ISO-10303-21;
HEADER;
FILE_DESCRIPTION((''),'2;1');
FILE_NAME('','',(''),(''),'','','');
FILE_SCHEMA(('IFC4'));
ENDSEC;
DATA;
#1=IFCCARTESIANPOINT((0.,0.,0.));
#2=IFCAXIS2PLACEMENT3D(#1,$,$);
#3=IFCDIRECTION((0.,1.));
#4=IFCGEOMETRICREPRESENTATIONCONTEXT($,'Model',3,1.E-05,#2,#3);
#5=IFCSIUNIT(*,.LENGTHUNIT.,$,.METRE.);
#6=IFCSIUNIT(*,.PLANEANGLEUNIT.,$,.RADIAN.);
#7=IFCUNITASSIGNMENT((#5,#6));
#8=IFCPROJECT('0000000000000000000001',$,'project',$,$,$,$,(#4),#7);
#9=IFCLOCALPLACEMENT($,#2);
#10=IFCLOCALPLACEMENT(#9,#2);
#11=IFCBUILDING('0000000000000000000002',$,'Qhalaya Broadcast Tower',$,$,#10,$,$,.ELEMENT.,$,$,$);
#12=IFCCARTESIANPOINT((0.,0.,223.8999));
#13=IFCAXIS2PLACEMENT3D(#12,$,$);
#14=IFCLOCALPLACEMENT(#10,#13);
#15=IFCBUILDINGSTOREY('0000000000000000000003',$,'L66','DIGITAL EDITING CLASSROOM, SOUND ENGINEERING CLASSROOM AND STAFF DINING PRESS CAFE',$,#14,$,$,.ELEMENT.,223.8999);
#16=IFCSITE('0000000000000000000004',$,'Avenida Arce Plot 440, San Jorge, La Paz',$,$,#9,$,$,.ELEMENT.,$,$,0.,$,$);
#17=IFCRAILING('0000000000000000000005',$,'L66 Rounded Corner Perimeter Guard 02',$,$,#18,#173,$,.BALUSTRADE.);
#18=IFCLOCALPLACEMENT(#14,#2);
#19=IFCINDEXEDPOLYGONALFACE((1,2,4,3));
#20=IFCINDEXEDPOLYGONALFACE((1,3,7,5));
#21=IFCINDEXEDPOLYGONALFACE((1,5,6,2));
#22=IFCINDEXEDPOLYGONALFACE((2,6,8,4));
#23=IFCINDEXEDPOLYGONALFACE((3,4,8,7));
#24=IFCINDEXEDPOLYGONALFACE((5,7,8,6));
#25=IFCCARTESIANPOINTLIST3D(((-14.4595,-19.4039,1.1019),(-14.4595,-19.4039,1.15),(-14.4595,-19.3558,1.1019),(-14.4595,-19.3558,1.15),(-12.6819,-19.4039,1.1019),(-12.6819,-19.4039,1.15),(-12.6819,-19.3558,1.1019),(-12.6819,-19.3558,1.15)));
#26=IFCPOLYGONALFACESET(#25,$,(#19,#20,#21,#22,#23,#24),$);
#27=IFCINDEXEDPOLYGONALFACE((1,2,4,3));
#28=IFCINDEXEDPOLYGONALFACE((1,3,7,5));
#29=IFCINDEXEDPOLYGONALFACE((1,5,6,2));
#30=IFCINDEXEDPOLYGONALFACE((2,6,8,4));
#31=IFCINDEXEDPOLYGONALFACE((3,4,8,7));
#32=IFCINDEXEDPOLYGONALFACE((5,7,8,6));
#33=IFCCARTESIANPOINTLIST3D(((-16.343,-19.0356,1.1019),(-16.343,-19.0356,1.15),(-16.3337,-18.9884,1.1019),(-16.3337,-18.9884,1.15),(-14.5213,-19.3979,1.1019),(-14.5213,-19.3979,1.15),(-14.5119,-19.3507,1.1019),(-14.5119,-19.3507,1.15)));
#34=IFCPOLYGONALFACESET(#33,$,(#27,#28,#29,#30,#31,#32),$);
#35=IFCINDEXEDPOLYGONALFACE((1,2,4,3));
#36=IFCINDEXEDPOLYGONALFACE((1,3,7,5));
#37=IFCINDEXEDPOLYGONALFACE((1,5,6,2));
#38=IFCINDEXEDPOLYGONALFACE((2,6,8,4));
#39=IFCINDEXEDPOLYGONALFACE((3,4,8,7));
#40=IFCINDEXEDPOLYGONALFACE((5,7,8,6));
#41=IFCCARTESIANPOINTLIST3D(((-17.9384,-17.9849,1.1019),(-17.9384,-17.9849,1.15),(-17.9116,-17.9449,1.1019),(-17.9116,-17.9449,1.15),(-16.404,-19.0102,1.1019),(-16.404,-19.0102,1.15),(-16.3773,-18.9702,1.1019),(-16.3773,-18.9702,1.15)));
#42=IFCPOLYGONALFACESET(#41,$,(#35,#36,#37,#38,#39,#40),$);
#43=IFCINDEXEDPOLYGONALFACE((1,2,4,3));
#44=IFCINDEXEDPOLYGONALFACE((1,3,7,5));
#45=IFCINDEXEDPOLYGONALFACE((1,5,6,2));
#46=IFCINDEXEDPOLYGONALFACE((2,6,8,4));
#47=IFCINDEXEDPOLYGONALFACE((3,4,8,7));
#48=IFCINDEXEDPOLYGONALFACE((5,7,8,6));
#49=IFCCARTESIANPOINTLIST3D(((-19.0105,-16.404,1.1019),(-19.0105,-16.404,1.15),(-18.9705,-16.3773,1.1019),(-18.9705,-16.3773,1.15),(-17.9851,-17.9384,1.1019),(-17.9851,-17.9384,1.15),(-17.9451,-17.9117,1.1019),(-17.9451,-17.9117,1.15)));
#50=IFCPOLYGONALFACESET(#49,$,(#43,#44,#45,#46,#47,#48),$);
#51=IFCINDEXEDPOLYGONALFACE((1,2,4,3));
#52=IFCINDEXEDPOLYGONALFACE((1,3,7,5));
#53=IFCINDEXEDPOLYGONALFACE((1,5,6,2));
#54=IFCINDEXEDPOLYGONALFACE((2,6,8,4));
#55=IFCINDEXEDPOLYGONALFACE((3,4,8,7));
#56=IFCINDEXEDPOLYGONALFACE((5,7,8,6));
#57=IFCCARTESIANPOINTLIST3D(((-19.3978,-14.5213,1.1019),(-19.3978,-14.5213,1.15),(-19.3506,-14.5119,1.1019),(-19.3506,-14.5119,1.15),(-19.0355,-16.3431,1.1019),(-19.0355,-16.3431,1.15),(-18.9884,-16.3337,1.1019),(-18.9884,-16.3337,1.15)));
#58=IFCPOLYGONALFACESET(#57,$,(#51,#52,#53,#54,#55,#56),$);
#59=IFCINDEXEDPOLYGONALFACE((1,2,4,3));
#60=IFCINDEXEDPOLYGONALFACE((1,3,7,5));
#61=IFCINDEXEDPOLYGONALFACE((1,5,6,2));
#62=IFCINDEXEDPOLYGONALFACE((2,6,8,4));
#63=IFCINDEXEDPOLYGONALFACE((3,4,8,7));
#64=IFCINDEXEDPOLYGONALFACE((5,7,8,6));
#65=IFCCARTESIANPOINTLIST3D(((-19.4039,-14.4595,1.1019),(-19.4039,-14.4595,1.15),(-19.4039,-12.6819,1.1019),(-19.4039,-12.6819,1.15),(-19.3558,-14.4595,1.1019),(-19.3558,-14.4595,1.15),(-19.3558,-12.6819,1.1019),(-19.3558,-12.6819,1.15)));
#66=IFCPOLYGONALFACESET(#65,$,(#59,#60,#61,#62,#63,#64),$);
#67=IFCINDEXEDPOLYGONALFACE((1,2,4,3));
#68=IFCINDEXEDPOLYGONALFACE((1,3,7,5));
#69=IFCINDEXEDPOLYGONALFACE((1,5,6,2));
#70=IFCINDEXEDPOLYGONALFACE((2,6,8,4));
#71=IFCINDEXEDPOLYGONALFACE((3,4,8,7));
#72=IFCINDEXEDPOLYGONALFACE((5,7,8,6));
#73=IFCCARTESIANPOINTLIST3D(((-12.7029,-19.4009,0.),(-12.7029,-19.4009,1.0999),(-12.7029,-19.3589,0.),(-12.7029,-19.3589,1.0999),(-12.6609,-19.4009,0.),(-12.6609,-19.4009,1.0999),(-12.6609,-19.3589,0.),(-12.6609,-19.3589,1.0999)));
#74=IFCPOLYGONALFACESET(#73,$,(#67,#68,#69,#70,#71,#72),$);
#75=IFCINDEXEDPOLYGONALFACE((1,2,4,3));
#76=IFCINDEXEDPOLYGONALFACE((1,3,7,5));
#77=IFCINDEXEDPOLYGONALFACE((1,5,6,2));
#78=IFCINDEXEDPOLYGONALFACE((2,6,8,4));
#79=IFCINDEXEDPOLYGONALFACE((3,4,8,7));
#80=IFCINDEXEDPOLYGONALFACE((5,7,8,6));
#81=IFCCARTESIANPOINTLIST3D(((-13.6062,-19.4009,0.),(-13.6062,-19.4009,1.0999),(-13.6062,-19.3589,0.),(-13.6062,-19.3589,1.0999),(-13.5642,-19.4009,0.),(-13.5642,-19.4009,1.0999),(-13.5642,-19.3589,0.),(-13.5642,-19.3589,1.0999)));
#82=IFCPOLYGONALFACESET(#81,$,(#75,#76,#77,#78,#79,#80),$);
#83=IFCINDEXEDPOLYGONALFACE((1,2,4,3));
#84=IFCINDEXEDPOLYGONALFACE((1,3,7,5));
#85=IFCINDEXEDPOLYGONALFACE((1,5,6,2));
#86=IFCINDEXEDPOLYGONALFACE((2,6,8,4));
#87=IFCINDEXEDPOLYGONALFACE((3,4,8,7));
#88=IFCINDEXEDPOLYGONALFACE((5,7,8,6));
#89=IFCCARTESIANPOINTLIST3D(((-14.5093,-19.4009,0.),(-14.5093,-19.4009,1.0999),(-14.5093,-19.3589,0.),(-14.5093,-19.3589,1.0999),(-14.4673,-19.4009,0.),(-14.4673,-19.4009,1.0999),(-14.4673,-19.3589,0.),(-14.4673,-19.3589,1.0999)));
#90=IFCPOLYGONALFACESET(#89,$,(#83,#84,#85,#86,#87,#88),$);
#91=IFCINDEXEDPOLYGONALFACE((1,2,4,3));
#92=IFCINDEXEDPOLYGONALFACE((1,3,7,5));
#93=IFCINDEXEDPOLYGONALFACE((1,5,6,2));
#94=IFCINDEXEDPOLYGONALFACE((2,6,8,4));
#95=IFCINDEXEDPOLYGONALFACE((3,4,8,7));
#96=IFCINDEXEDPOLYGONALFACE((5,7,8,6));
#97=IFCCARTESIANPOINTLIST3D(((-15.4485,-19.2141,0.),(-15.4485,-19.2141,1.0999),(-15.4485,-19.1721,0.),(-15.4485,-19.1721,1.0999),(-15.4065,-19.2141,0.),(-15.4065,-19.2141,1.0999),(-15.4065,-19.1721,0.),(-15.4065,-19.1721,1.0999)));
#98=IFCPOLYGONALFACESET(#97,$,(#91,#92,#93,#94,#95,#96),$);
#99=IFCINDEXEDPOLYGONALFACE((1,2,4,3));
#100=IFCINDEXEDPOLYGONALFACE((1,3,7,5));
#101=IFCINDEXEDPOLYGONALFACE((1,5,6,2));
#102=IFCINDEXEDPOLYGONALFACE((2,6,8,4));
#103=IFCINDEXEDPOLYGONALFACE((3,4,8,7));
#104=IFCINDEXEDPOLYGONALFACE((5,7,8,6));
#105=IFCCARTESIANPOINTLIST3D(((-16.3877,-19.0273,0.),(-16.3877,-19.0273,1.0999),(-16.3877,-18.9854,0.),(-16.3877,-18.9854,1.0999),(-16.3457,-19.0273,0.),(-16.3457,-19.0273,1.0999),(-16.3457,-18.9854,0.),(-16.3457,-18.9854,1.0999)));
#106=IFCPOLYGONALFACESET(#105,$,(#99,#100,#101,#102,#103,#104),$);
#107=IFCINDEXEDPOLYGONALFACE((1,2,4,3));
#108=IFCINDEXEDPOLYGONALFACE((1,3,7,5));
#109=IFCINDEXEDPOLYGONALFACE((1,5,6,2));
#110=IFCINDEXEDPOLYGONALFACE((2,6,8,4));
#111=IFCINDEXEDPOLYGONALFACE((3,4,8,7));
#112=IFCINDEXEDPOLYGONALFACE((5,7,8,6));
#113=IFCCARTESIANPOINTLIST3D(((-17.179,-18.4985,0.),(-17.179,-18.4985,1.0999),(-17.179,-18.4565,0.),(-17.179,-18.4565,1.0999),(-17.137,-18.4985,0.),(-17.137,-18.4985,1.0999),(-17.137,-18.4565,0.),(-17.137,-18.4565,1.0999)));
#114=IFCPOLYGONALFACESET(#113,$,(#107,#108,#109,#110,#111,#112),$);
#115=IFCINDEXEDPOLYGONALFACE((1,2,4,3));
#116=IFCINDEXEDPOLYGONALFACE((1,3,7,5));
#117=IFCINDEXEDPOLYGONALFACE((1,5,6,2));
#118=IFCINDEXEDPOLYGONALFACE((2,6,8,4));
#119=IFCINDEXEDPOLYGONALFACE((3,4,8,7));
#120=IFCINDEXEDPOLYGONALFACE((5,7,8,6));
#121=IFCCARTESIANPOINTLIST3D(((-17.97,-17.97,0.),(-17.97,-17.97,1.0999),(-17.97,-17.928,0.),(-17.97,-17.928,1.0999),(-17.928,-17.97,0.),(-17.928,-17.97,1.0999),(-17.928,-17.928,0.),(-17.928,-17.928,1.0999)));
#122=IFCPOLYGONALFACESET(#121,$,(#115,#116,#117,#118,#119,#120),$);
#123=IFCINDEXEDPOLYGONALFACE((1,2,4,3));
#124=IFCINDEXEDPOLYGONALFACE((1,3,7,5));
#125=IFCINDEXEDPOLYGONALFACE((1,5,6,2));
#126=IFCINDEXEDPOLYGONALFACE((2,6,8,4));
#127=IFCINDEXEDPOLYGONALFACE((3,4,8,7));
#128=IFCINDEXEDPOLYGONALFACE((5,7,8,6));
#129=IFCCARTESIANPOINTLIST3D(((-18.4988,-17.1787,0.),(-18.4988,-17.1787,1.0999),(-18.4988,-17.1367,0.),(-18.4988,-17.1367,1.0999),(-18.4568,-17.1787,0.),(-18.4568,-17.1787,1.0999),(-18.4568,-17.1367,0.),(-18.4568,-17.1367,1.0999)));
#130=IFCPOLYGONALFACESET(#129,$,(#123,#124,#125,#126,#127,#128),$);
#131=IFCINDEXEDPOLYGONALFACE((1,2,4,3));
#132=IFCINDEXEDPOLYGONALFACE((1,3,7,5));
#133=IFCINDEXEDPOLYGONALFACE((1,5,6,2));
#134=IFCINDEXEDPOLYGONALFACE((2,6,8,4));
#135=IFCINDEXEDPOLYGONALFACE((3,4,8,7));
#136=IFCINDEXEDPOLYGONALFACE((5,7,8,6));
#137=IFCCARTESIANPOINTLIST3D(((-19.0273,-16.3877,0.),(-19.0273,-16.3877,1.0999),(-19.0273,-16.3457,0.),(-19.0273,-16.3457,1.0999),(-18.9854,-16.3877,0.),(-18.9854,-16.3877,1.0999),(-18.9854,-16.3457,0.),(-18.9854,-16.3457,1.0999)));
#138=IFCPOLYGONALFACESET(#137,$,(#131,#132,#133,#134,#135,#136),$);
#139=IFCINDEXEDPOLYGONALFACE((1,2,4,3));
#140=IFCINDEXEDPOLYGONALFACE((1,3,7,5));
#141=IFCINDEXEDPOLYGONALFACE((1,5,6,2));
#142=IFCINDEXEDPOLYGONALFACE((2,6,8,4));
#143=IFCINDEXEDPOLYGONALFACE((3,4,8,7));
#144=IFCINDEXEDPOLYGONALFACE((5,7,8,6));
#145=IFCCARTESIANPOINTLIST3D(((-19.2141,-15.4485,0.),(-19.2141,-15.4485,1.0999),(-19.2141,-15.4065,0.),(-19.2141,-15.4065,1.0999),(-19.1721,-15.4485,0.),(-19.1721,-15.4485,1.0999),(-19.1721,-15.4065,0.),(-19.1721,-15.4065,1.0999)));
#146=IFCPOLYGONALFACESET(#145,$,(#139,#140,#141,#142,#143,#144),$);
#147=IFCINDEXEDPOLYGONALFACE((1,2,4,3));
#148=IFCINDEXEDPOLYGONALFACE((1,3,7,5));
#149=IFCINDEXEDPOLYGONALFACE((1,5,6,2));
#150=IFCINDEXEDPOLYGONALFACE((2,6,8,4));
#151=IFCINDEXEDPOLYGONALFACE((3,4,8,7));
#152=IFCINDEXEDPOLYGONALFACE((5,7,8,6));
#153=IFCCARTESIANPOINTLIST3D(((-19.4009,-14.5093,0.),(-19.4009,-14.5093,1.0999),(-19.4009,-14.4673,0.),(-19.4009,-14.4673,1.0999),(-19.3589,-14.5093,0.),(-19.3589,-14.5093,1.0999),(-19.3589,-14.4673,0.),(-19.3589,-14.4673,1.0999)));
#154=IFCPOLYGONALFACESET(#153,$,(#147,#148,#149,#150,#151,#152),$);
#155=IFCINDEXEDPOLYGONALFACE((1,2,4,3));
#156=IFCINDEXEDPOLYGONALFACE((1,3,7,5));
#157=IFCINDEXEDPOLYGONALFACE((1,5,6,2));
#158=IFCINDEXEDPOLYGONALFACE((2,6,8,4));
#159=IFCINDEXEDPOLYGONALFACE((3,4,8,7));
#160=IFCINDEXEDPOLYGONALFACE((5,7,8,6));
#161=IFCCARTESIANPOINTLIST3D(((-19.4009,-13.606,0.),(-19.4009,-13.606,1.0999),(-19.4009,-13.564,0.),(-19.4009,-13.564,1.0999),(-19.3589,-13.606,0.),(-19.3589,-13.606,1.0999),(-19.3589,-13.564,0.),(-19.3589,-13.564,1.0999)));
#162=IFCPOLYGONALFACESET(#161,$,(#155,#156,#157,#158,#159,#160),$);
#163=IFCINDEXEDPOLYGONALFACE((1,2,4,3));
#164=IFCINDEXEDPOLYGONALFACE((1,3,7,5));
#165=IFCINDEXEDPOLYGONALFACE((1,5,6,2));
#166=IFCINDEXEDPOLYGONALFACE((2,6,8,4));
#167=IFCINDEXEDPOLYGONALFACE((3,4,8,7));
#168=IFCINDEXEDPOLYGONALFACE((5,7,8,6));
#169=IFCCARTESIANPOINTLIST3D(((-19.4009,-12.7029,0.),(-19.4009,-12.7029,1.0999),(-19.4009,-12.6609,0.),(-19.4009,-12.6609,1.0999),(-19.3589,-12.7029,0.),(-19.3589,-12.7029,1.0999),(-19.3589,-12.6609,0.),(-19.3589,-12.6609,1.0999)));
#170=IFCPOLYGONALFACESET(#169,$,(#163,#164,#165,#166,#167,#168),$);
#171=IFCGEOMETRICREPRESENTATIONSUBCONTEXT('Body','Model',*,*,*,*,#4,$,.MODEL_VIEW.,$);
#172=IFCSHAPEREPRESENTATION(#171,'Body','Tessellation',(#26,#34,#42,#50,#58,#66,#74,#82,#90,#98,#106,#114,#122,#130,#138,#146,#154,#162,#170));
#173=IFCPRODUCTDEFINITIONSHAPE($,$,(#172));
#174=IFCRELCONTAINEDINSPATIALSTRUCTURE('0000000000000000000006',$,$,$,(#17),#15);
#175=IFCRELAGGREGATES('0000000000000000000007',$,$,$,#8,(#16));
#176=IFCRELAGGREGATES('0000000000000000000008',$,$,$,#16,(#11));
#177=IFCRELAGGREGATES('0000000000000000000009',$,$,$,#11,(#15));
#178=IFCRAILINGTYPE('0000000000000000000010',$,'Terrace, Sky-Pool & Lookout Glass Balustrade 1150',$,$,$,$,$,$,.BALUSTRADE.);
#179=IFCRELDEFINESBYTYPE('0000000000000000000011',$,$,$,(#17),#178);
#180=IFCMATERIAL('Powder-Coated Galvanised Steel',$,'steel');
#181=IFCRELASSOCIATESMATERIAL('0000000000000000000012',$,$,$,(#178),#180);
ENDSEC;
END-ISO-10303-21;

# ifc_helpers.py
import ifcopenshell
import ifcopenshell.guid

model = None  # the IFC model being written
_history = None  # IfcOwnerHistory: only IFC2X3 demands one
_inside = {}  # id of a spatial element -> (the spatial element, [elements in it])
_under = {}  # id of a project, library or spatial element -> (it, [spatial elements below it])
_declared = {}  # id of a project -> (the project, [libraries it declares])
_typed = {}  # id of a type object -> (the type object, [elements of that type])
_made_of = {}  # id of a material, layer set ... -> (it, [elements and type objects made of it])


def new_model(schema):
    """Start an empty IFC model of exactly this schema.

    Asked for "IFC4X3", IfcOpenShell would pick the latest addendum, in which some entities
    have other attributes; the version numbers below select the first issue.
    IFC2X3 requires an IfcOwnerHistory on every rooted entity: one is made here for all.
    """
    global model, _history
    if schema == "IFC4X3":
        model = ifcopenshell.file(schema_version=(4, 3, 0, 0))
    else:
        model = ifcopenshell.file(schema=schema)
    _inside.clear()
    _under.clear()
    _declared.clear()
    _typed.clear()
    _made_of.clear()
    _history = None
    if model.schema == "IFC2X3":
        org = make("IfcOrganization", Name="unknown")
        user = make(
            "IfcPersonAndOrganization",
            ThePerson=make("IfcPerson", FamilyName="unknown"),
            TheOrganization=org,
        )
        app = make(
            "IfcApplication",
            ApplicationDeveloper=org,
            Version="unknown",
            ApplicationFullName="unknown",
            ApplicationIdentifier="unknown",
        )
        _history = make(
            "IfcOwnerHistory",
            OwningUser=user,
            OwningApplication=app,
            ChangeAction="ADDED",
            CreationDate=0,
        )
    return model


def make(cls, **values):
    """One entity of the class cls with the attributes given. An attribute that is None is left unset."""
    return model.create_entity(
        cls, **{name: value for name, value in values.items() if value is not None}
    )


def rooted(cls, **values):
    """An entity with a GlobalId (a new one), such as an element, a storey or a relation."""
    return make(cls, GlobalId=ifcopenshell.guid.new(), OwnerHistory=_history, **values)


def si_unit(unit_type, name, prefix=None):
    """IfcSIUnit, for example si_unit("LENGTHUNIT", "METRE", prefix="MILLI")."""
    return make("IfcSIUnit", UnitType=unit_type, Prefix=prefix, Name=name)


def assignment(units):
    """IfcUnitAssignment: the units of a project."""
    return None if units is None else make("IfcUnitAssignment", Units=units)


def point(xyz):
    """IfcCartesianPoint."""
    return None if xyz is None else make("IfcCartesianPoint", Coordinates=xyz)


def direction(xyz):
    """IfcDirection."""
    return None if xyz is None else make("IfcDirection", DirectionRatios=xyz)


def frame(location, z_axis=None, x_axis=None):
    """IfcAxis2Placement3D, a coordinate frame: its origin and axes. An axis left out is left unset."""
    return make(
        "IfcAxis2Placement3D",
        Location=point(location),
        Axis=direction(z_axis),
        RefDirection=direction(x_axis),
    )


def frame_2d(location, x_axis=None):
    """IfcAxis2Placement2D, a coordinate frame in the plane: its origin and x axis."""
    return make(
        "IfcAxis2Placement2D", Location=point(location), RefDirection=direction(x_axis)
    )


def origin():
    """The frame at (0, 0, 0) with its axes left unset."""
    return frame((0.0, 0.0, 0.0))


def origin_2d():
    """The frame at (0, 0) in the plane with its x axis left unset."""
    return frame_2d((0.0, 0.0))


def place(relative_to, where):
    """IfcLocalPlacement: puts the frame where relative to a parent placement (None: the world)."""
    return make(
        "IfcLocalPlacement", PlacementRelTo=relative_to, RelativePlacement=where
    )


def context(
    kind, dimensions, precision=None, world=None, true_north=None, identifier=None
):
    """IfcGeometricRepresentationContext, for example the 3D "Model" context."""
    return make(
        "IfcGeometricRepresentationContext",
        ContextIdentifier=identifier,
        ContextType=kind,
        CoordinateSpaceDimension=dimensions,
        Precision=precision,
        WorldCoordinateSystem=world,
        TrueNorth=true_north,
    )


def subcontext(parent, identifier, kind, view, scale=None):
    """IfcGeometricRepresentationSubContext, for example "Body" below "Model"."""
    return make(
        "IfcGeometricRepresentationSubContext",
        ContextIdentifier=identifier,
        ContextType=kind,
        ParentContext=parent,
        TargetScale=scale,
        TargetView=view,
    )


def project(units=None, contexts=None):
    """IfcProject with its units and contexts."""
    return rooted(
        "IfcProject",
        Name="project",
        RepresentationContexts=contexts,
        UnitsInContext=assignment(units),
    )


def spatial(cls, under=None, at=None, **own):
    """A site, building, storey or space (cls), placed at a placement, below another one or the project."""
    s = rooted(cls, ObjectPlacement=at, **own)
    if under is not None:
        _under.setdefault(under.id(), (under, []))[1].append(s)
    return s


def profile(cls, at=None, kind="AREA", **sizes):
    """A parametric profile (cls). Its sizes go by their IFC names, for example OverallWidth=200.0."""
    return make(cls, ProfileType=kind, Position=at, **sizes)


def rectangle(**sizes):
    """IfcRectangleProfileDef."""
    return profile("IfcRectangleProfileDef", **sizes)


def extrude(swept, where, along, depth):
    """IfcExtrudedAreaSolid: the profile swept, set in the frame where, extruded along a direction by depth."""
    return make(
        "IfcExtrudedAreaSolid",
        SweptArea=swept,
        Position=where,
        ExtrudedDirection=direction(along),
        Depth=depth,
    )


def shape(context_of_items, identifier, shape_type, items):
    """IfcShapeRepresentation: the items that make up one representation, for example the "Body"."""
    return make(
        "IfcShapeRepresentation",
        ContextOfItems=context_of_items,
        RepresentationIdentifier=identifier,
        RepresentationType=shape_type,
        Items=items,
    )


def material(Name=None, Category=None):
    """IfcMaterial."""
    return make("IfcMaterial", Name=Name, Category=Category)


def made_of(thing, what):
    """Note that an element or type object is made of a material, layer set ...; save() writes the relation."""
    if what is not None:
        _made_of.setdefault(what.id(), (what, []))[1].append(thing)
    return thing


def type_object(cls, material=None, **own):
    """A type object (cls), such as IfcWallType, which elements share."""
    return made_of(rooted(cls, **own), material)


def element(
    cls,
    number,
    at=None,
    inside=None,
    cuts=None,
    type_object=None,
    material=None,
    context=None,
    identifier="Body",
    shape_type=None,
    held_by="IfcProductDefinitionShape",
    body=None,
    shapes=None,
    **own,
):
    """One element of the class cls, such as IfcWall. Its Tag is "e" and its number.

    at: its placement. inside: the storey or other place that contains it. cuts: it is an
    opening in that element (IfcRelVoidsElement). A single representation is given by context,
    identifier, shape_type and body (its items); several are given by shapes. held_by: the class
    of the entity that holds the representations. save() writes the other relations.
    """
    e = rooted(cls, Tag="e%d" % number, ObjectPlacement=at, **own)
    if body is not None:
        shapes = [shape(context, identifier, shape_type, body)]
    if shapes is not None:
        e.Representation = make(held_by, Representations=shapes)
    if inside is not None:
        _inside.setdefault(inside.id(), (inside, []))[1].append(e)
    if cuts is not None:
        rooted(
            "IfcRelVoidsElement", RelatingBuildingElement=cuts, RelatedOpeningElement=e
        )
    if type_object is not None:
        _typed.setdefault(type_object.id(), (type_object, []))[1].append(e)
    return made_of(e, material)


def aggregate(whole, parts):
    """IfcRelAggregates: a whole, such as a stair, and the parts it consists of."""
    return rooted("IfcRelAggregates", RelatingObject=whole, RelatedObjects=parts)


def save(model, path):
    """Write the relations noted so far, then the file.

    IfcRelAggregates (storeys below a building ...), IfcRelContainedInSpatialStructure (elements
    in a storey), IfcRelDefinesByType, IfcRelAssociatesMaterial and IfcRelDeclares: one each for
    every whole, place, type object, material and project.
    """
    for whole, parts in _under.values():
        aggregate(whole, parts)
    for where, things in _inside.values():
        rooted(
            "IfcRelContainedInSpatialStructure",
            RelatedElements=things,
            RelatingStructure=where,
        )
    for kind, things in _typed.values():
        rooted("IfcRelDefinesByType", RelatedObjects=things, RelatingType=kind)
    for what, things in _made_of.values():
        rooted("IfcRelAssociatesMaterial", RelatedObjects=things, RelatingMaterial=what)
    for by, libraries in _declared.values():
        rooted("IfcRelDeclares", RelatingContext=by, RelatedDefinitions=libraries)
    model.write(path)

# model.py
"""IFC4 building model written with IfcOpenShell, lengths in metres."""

from ifc_helpers import new_model, si_unit, direction, frame, origin, origin_2d, place, context, subcontext, project, spatial, rectangle, extrude, material, type_object, element, save


model = new_model("IFC4")

# Units and contexts
model_context = context("Model", 3, precision=1e-05, world=origin(), true_north=direction((0.0, 1.0)))
body_context = subcontext(model_context, "Body", "Model", "MODEL_VIEW")
ifc_project = project(units=[si_unit("LENGTHUNIT", "METRE"), si_unit("PLANEANGLEUNIT", "RADIAN")], contexts=[model_context])

# Site, building, storey
site_placement = place(None, origin())
site = spatial("IfcSite", under=ifc_project, at=site_placement, Name="Avenida Arce Plot 440, San Jorge, La Paz", CompositionType="ELEMENT", RefElevation=0.0)
building_placement = place(site_placement, origin())
building = spatial("IfcBuilding", under=site, at=building_placement, Name="Qhalaya Broadcast Tower", CompositionType="ELEMENT")
storey_placement = place(building_placement, frame((0.0, 0.0, 223.8999)))
storey = spatial("IfcBuildingStorey", under=building, at=storey_placement, Name="L66", Description="DIGITAL EDITING CLASSROOM, SOUND ENGINEERING CLASSROOM AND STAFF DINING PRESS CAFE", CompositionType="ELEMENT", Elevation=223.8999)

# Railing
ifc_material_1 = material(Name="Powder-Coated Galvanised Steel", Category="steel")
railing_type = type_object("IfcRailingType", Name="Terrace, Sky-Pool & Lookout Glass Balustrade 1150", PredefinedType="BALUSTRADE", material=ifc_material_1)
railing_placement = place(storey_placement, frame((-12.6819, -19.3799, 0.0)))
element("IfcRailing", 1, at=railing_placement, inside=storey, type_object=railing_type, Name="L66 Rounded Corner Perimeter Guard 02", PredefinedType="BALUSTRADE", context=body_context, shape_type="SweptSolid", body=[
    extrude(rectangle(XDim=0.0481, YDim=0.0481, at=origin_2d()), frame((0.0, 0.0, 1.126), z_axis=(-1.0, 0.0, 0.0), x_axis=(0.0, -1.0, 0.0)), (0.0, 0.0, 1.0), 1.7776),
    extrude(rectangle(XDim=0.0481, YDim=0.0481, at=origin_2d()), frame((-1.8347, 0.0056, 1.126), z_axis=(-0.980796, 0.195037, 0.0), x_axis=(-0.195037, -0.980796, 0.0)), (0.0, 0.0, 1.0), 1.8574),
    extrude(rectangle(XDim=0.0481, YDim=0.0481, at=origin_2d()), frame((-3.7087, 0.3896, 1.126), z_axis=(-0.831438, 0.555618, 0.0), x_axis=(-0.555618, -0.831438, 0.0)), (0.0, 0.0, 1.0), 1.8455),
    extrude(rectangle(XDim=0.0481, YDim=0.0481, at=origin_2d()), frame((-5.2832, 1.4548, 1.126), z_axis=(-0.555618, 0.831438, 0.0), x_axis=(-0.831438, -0.555618, 0.0)), (0.0, 0.0, 1.0), 1.8455),
    extrude(rectangle(XDim=0.0481, YDim=0.0481, at=origin_2d()), frame((-6.3301, 3.0415, 1.126), z_axis=(-0.195037, 0.980796, 0.0), x_axis=(-0.980796, -0.195037, 0.0)), (0.0, 0.0, 1.0), 1.8574),
    extrude(rectangle(XDim=0.0481, YDim=0.0481, at=origin_2d()), frame((-6.698, 4.9204, 1.126), z_axis=(0.0, 1.0, 0.0), x_axis=(-1.0, 0.0, 0.0)), (0.0, 0.0, 1.0), 1.7776),
    extrude(rectangle(XDim=0.042, YDim=0.042, at=origin_2d()), origin(), (0.0, 0.0, 1.0), 1.0999),
    extrude(rectangle(XDim=0.042, YDim=0.042, at=origin_2d()), frame((-0.9033, 0.0, 0.0)), (0.0, 0.0, 1.0), 1.0999),
    extrude(rectangle(XDim=0.042, YDim=0.042, at=origin_2d()), frame((-1.8064, 0.0, 0.0)), (0.0, 0.0, 1.0), 1.0999),
    extrude(rectangle(XDim=0.042, YDim=0.042, at=origin_2d()), frame((-2.7456, 0.1868, 0.0)), (0.0, 0.0, 1.0), 1.0999),
    extrude(rectangle(XDim=0.042, YDim=0.042, at=origin_2d()), frame((-3.6848, 0.3735, 0.0)), (0.0, 0.0, 1.0), 1.0999),
    extrude(rectangle(XDim=0.042, YDim=0.042, at=origin_2d()), frame((-4.4761, 0.9023, 0.0)), (0.0, 0.0, 1.0), 1.0999),
    extrude(rectangle(XDim=0.042, YDim=0.042, at=origin_2d()), frame((-5.2671, 1.4309, 0.0)), (0.0, 0.0, 1.0), 1.0999),
    extrude(rectangle(XDim=0.042, YDim=0.042, at=origin_2d()), frame((-5.7959, 2.2222, 0.0)), (0.0, 0.0, 1.0), 1.0999),
    extrude(rectangle(XDim=0.042, YDim=0.042, at=origin_2d()), frame((-6.3245, 3.0132, 0.0)), (0.0, 0.0, 1.0), 1.0999),
    extrude(rectangle(XDim=0.042, YDim=0.042, at=origin_2d()), frame((-6.5112, 3.9524, 0.0)), (0.0, 0.0, 1.0), 1.0999),
    extrude(rectangle(XDim=0.042, YDim=0.042, at=origin_2d()), frame((-6.698, 4.8916, 0.0)), (0.0, 0.0, 1.0), 1.0999),
    extrude(rectangle(XDim=0.042, YDim=0.042, at=origin_2d()), frame((-6.698, 5.7949, 0.0)), (0.0, 0.0, 1.0), 1.0999),
    extrude(rectangle(XDim=0.042, YDim=0.042, at=origin_2d()), frame((-6.698, 6.698, 0.0)), (0.0, 0.0, 1.0), 1.0999),
])

save(model, "model.ifc")
